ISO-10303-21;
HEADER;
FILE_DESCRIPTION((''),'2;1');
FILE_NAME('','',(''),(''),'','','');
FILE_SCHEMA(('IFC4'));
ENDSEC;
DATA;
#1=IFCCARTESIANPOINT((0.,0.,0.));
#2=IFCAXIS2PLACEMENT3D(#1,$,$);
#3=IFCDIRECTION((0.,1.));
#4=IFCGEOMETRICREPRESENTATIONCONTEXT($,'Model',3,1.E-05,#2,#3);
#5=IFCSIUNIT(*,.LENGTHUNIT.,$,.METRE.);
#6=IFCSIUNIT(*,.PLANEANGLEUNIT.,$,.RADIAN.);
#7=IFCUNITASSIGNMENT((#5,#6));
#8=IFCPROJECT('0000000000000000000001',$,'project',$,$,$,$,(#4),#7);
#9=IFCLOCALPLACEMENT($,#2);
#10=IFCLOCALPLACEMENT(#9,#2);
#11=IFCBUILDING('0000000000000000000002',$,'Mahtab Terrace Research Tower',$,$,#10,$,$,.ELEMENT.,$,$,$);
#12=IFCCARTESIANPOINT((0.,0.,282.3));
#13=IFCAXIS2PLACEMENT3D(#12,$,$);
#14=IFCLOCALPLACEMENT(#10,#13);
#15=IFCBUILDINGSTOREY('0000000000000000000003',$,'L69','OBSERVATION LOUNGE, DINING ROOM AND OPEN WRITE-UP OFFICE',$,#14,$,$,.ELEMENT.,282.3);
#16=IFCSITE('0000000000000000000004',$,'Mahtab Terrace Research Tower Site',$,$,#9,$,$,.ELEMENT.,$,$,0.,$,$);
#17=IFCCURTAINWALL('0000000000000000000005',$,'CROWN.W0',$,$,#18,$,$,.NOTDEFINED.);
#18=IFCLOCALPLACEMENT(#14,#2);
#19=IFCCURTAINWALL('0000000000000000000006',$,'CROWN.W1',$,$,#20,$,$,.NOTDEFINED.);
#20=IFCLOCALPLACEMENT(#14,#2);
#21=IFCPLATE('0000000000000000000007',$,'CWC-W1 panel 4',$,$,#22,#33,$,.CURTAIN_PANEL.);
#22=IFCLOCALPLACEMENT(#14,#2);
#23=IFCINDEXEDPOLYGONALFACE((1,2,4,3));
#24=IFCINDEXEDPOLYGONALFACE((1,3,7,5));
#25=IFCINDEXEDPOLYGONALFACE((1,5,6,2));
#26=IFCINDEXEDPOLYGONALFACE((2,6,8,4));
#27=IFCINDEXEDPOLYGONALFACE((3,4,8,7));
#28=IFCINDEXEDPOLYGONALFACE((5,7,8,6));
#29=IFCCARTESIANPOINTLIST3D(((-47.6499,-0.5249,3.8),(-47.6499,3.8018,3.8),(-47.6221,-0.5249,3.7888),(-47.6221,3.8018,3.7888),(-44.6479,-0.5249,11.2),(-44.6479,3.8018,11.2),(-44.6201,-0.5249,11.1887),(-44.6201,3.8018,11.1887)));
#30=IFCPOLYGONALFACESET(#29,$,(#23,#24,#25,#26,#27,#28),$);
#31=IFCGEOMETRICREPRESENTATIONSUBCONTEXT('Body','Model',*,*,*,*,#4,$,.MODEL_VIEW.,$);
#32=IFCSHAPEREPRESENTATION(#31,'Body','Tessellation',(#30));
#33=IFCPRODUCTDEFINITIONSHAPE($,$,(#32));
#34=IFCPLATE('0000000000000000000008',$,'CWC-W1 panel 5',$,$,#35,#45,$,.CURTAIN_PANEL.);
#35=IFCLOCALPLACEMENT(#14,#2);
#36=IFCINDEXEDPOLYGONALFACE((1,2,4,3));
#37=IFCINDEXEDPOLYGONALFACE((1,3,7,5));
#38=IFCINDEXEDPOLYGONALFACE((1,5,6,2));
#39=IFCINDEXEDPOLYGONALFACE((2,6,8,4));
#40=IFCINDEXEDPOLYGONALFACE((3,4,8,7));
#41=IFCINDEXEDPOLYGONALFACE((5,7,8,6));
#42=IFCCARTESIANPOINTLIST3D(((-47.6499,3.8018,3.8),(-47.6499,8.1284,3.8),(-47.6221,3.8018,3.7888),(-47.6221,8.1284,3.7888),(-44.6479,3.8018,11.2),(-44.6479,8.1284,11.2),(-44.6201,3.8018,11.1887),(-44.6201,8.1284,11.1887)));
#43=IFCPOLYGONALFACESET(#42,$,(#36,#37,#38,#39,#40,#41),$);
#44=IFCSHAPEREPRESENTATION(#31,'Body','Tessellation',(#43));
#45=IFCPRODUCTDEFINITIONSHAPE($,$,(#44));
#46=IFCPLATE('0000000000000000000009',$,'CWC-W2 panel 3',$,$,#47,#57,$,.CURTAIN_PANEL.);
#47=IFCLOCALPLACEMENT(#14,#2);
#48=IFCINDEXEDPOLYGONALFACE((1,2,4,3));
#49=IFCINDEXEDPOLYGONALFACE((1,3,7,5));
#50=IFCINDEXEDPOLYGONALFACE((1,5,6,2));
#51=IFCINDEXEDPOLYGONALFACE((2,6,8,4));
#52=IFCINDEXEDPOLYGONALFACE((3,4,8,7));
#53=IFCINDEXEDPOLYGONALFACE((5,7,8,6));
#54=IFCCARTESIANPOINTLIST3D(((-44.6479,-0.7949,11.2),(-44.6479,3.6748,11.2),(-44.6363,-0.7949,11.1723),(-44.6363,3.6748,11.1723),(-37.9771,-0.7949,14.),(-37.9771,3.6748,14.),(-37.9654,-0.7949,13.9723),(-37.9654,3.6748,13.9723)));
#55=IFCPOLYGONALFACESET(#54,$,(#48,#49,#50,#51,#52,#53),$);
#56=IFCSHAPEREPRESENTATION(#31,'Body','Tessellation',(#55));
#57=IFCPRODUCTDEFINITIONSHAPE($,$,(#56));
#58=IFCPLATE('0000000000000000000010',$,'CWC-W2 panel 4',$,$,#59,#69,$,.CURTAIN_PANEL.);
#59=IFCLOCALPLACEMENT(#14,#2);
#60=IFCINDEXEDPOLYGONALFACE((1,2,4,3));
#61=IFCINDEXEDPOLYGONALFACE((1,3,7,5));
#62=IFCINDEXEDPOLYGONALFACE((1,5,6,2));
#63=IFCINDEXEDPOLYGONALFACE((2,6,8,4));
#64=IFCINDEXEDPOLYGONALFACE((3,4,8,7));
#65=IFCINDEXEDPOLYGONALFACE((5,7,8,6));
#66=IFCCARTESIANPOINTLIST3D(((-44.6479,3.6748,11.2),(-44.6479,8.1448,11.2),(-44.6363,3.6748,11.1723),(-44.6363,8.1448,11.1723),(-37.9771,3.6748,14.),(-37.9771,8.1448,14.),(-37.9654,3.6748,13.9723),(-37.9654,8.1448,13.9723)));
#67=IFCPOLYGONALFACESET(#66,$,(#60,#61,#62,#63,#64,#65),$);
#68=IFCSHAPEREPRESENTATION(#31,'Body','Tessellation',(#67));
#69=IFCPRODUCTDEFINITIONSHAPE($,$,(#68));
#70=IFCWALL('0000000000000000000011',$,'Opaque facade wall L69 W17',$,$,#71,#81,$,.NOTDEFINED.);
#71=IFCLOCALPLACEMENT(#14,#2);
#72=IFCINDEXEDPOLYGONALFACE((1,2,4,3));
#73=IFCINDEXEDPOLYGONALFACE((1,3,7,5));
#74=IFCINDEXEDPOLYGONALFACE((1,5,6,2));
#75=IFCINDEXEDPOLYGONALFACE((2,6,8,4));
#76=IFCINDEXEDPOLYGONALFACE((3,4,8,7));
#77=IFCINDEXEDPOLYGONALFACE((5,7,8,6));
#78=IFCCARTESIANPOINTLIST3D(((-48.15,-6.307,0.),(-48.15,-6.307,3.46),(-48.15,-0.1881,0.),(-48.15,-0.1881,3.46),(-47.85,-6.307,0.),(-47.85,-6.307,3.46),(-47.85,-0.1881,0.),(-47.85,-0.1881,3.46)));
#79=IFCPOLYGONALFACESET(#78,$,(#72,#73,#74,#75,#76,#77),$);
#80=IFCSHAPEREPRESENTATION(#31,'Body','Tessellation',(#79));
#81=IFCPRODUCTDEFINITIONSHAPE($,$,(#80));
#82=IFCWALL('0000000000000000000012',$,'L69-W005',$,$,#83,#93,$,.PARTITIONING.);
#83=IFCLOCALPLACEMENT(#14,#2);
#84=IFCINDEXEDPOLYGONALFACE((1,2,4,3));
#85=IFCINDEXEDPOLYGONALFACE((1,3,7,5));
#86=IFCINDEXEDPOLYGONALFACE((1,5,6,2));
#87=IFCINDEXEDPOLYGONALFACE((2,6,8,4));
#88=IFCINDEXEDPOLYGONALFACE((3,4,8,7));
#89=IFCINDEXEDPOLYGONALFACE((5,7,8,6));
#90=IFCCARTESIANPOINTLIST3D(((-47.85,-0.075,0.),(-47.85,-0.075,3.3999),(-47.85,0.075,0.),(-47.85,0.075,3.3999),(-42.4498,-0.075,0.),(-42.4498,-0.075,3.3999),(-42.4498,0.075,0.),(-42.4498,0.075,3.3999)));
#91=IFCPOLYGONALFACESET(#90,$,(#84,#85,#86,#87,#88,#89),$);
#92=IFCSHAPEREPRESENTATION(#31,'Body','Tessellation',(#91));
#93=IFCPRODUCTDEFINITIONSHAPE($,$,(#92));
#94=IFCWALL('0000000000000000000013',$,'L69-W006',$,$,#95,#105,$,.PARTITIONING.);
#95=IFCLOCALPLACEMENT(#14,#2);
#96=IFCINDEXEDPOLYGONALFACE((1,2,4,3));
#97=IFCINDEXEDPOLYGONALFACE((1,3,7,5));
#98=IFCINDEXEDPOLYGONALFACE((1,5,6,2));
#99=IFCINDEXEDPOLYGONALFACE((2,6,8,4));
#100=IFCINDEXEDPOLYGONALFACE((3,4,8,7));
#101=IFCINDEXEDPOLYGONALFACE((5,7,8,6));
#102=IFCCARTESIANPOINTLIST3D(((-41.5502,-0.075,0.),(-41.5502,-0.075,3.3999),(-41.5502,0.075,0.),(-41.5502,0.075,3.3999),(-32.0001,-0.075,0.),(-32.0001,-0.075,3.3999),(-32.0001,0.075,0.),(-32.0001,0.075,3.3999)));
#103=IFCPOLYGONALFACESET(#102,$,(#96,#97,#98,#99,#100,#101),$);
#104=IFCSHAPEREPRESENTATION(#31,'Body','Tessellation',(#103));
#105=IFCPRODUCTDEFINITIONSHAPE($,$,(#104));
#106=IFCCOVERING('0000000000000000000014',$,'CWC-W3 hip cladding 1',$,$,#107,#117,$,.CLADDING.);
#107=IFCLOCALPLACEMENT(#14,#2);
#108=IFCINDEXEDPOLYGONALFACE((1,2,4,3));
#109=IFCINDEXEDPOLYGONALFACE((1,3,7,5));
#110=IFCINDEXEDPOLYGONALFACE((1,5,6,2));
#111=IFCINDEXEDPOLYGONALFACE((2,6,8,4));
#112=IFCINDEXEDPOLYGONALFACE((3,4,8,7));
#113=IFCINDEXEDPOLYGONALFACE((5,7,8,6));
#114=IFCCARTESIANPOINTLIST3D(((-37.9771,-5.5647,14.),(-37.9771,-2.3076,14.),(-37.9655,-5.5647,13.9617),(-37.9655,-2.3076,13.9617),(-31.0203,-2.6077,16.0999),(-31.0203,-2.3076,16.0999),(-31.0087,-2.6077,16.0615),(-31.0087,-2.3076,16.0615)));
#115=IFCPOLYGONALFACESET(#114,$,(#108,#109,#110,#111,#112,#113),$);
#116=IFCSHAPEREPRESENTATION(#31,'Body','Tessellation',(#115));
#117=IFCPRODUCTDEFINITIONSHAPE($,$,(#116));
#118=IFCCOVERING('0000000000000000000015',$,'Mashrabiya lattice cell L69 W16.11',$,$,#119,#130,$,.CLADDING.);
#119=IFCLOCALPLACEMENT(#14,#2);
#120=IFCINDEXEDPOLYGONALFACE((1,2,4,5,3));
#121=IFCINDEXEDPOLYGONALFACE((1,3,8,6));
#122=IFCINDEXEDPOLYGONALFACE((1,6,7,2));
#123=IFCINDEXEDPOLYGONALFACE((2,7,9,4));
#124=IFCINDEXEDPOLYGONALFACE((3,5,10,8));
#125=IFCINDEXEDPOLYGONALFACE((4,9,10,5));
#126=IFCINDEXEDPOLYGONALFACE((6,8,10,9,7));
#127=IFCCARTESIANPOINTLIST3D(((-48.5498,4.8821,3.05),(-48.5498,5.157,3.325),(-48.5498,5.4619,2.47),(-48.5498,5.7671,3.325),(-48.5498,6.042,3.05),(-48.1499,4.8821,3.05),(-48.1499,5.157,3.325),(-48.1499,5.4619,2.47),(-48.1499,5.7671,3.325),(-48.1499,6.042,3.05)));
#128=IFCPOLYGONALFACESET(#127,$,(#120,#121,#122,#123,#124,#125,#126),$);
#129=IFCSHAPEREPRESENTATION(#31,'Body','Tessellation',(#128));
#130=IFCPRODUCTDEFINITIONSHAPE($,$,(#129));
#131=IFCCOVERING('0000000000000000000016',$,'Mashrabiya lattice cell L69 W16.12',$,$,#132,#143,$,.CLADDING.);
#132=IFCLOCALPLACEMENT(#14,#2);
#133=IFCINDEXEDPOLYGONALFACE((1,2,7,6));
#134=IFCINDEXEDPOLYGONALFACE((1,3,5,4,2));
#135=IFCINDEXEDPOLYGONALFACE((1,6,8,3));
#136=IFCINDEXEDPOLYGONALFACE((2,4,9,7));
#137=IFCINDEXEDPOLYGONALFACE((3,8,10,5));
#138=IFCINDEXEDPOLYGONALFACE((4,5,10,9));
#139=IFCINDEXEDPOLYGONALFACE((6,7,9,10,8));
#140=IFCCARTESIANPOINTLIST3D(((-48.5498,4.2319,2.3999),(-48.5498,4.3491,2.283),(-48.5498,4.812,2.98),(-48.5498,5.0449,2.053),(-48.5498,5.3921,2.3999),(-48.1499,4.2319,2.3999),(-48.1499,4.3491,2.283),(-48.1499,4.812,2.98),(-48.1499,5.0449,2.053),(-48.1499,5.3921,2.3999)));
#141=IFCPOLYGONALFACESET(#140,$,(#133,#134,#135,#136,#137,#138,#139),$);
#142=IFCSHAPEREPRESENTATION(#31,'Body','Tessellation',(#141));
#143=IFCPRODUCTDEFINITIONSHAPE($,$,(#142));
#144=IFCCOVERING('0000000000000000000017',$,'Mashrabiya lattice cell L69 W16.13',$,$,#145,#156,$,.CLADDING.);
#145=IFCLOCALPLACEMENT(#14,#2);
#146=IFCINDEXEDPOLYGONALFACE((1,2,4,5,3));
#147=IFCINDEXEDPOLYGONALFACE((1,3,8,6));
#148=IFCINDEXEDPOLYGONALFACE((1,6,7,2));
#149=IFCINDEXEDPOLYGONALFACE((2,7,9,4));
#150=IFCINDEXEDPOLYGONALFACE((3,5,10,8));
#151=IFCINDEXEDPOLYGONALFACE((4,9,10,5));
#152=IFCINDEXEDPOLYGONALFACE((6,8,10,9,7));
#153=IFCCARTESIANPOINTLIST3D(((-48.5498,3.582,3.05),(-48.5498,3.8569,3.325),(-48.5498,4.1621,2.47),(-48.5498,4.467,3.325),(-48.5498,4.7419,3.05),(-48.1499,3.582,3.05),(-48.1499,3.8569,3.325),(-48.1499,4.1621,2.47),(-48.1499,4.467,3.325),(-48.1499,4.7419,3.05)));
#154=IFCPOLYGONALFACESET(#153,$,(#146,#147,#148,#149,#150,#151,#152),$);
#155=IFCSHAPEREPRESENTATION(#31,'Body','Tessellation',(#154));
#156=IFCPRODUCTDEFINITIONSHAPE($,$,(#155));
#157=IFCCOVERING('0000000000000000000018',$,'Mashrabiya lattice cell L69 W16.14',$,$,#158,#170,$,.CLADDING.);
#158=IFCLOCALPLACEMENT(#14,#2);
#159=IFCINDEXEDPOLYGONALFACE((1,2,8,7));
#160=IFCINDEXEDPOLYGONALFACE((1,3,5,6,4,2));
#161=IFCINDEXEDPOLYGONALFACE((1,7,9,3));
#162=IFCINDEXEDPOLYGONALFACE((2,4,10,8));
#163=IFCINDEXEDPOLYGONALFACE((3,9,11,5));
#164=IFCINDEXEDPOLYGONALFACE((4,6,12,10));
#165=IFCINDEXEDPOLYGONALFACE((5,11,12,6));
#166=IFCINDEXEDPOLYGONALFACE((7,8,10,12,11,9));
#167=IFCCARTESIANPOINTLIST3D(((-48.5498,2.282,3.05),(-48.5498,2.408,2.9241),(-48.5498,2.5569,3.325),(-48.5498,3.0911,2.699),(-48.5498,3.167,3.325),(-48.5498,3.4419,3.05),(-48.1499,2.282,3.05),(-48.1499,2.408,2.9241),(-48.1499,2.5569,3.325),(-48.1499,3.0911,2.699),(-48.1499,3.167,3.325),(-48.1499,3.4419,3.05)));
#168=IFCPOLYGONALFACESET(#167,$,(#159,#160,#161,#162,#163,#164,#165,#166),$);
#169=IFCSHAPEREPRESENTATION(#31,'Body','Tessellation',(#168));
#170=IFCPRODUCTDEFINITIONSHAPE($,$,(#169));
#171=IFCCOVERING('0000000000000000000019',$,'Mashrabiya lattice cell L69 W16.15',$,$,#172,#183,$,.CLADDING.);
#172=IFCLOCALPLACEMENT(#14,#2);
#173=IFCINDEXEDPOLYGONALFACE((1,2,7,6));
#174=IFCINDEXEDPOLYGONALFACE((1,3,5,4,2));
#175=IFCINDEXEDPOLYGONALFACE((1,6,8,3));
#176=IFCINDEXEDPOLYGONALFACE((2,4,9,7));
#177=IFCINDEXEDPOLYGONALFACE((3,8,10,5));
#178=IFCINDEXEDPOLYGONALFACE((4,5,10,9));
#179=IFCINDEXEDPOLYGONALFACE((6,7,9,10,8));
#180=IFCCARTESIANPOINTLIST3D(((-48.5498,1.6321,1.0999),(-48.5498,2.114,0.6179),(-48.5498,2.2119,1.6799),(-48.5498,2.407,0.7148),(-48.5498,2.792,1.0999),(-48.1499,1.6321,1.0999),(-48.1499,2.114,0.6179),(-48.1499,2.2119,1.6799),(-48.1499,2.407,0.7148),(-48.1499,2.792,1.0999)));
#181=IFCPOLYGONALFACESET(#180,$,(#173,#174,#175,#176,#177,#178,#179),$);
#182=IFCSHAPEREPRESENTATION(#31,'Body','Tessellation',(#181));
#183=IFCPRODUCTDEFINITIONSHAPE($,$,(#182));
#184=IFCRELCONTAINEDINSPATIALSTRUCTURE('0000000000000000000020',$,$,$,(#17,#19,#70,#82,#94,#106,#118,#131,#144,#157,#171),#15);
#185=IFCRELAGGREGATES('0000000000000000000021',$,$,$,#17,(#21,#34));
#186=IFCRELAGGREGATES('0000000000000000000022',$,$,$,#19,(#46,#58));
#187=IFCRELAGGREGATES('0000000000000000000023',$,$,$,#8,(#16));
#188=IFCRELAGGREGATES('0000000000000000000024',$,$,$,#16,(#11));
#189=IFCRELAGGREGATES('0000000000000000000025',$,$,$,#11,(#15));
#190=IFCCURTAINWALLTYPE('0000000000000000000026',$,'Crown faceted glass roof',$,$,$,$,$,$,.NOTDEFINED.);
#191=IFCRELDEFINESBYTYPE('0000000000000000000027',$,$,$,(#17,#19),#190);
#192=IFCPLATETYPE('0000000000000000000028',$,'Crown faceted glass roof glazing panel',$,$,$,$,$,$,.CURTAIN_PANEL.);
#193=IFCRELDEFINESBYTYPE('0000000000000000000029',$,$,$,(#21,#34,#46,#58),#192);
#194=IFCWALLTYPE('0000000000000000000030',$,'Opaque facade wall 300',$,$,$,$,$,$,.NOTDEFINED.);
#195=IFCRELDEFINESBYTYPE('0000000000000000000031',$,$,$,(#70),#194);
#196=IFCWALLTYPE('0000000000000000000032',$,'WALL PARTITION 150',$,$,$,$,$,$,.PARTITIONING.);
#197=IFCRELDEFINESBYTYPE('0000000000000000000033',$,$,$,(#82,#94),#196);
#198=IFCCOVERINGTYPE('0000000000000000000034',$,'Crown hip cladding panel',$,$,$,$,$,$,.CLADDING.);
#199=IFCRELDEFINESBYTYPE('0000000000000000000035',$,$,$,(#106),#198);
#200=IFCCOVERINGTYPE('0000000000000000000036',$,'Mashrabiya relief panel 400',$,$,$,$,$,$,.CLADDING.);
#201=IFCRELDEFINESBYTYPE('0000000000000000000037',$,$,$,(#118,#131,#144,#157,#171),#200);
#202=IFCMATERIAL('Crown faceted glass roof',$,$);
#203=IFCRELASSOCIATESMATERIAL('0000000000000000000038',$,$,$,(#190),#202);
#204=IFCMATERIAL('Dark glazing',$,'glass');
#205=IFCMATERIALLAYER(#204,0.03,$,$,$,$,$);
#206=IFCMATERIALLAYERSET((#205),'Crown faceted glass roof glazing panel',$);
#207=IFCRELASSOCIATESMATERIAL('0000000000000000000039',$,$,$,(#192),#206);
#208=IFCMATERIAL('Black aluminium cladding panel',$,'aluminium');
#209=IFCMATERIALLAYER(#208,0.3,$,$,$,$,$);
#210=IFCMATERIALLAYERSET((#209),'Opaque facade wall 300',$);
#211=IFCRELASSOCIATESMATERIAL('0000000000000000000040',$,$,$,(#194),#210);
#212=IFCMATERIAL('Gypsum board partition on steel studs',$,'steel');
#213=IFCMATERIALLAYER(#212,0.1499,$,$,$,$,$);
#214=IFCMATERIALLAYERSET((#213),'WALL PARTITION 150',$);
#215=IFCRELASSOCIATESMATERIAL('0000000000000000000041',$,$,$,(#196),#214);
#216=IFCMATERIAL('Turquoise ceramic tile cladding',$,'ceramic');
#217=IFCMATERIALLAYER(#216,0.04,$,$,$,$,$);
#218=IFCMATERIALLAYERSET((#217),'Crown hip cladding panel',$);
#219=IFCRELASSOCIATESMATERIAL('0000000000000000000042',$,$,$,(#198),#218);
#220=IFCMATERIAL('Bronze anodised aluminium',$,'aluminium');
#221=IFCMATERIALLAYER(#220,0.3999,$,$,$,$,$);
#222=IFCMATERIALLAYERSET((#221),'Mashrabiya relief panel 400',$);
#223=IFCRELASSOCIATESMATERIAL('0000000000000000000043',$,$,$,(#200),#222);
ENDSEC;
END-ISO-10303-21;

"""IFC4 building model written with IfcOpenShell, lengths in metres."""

from ifc_helpers import new_model, si_unit, direction, frame, frame_2d, origin, place, context, subcontext, project, spatial, polyline, rectangle, outline, extrude, material, layer, layer_set, type_object, element, aggregate, save


model = new_model("IFC4")

# Units and contexts
model_context = context("Model", 3, precision=1e-05, world=origin(), true_north=direction((0.0, 1.0)))
body_context = subcontext(model_context, "Body", "Model", "MODEL_VIEW")
ifc_project = project(units=[si_unit("LENGTHUNIT", "METRE"), si_unit("PLANEANGLEUNIT", "RADIAN")], contexts=[model_context])

# Site, building, storey
site_placement = place(None, origin())
site = spatial("IfcSite", under=ifc_project, at=site_placement, Name="Mahtab Terrace Research Tower Site", CompositionType="ELEMENT", RefElevation=0.0)
building_placement = place(site_placement, origin())
building = spatial("IfcBuilding", under=site, at=building_placement, Name="Mahtab Terrace Research Tower", CompositionType="ELEMENT")
storey_placement = place(building_placement, frame((0.0, 0.0, 282.3)))
storey = spatial("IfcBuildingStorey", under=building, at=storey_placement, Name="L69", Description="OBSERVATION LOUNGE, DINING ROOM AND OPEN WRITE-UP OFFICE", CompositionType="ELEMENT", Elevation=282.3)

# Curtain walls
ifc_material_1 = material(Name="Crown faceted glass roof")
curtain_wall_type = type_object("IfcCurtainWallType", Name="Crown faceted glass roof", PredefinedType="NOTDEFINED", material=ifc_material_1)
curtain_wall_1_placement = place(storey_placement, origin())
curtain_wall_1 = element("IfcCurtainWall", 1, at=curtain_wall_1_placement, inside=storey, type_object=curtain_wall_type, Name="CROWN.W0", PredefinedType="NOTDEFINED")
curtain_wall_2_placement = place(storey_placement, origin())
curtain_wall_2 = element("IfcCurtainWall", 2, at=curtain_wall_2_placement, inside=storey, type_object=curtain_wall_type, Name="CROWN.W1", PredefinedType="NOTDEFINED")

# Plates
ifc_material_2 = material(Name="Dark glazing", Category="glass")
ifc_layer_1 = layer(ifc_material_2, 0.03)
ifc_layer_set_1 = layer_set([ifc_layer_1], Name="Crown faceted glass roof glazing panel")
plate_type = type_object("IfcPlateType", Name="Crown faceted glass roof glazing panel", PredefinedType="CURTAIN_PANEL", material=ifc_layer_set_1)
plate_1_placement = place(storey_placement, frame((-44.6479, -0.5249, 11.2), z_axis=(-0.926652, 0.0, 0.375919), x_axis=(0.0, 1.0, 0.0)))
plate_1 = element("IfcPlate", 3, at=plate_1_placement, type_object=plate_type, Name="CWC-W1 panel 4", PredefinedType="CURTAIN_PANEL", context=body_context, shape_type="SweptSolid", body=[
    extrude(outline(polyline([(0.0, 0.0), (4.3267, 0.0), (4.3267, 7.9856), (0.0, 7.9856), (0.0, 0.0)])), origin(), (0.0, 0.0, -1.0), 0.03),
])
plate_2_placement = place(storey_placement, frame((-44.6479, 3.8018, 11.2), z_axis=(-0.926652, 0.0, 0.375919), x_axis=(0.0, 1.0, 0.0)))
plate_2 = element("IfcPlate", 4, at=plate_2_placement, type_object=plate_type, Name="CWC-W1 panel 5", PredefinedType="CURTAIN_PANEL", context=body_context, shape_type="SweptSolid", body=[
    extrude(outline(polyline([(0.0, 0.0), (4.3267, 0.0), (4.3267, 7.9856), (0.0, 7.9856), (0.0, 0.0)])), origin(), (0.0, 0.0, -1.0), 0.03),
])
aggregate(curtain_wall_1, [plate_1, plate_2])
plate_3_placement = place(storey_placement, frame((-37.9771, -0.7949, 14.0), z_axis=(-0.387029, 0.0, 0.922067), x_axis=(0.0, 1.0, 0.0)))
plate_3 = element("IfcPlate", 5, at=plate_3_placement, type_object=plate_type, Name="CWC-W2 panel 3", PredefinedType="CURTAIN_PANEL", context=body_context, shape_type="SweptSolid", body=[
    extrude(outline(polyline([(0.0, 0.0), (4.4697, 0.0), (4.4697, 7.2347), (0.0, 7.2347), (0.0, 0.0)])), origin(), (0.0, 0.0, -1.0), 0.03),
])
plate_4_placement = place(storey_placement, frame((-37.9771, 3.6748, 14.0), z_axis=(-0.387029, 0.0, 0.922067), x_axis=(0.0, 1.0, 0.0)))
plate_4 = element("IfcPlate", 6, at=plate_4_placement, type_object=plate_type, Name="CWC-W2 panel 4", PredefinedType="CURTAIN_PANEL", context=body_context, shape_type="SweptSolid", body=[
    extrude(outline(polyline([(0.0, 0.0), (4.47, 0.0), (4.47, 7.2347), (0.0, 7.2347), (0.0, 0.0)])), origin(), (0.0, 0.0, -1.0), 0.03),
])
aggregate(curtain_wall_2, [plate_3, plate_4])

# Walls
ifc_material_3 = material(Name="Black aluminium cladding panel", Category="aluminium")
ifc_layer_2 = layer(ifc_material_3, 0.3)
ifc_layer_set_2 = layer_set([ifc_layer_2], Name="Opaque facade wall 300")
wall_type_1 = type_object("IfcWallType", Name="Opaque facade wall 300", PredefinedType="NOTDEFINED", material=ifc_layer_set_2)
wall_1_placement = place(storey_placement, frame((-48.0, -0.188, 0.0), z_axis=(0.0, 0.0, 1.0), x_axis=(0.0, -1.0, 0.0)))
element("IfcWall", 7, at=wall_1_placement, inside=storey, type_object=wall_type_1, Name="Opaque facade wall L69 W17", PredefinedType="NOTDEFINED", context=body_context, shape_type="SweptSolid", body=[
    extrude(rectangle(XDim=6.1189, YDim=0.3, at=frame_2d((3.0596, 0.0))), origin(), (0.0, 0.0, 1.0), 3.46),
])
ifc_material_4 = material(Name="Gypsum board partition on steel studs", Category="steel")
ifc_layer_3 = layer(ifc_material_4, 0.1499)
ifc_layer_set_3 = layer_set([ifc_layer_3], Name="WALL PARTITION 150")
wall_type_2 = type_object("IfcWallType", Name="WALL PARTITION 150", PredefinedType="PARTITIONING", material=ifc_layer_set_3)
wall_2_placement = place(storey_placement, frame((-47.8501, 0.0, 0.0), z_axis=(0.0, 0.0, 1.0), x_axis=(1.0, 0.0, 0.0)))
element("IfcWall", 8, at=wall_2_placement, inside=storey, type_object=wall_type_2, Name="L69-W005", PredefinedType="PARTITIONING", context=body_context, shape_type="SweptSolid", body=[
    extrude(rectangle(XDim=5.4001, YDim=0.1499, at=frame_2d((2.7002, 0.0))), origin(), (0.0, 0.0, 1.0), 3.3999),
])
wall_3_placement = place(storey_placement, frame((-41.55, 0.0, 0.0), z_axis=(0.0, 0.0, 1.0), x_axis=(1.0, 0.0, 0.0)))
element("IfcWall", 9, at=wall_3_placement, inside=storey, type_object=wall_type_2, Name="L69-W006", PredefinedType="PARTITIONING", context=body_context, shape_type="SweptSolid", body=[
    extrude(rectangle(XDim=9.55, YDim=0.1499, at=frame_2d((4.7749, 0.0))), origin(), (0.0, 0.0, 1.0), 3.3999),
])

# Coverings
ifc_material_5 = material(Name="Turquoise ceramic tile cladding", Category="ceramic")
ifc_layer_4 = layer(ifc_material_5, 0.04)
ifc_layer_set_4 = layer_set([ifc_layer_4], Name="Crown hip cladding panel")
covering_type_1 = type_object("IfcCoveringType", Name="Crown hip cladding panel", PredefinedType="CLADDING", material=ifc_layer_set_4)
covering_1_placement = place(storey_placement, frame((-37.9771, -2.3076, 14.0), z_axis=(-0.288966, 0.0, 0.957339), x_axis=(0.957339, 0.0, 0.288966)))
element("IfcCovering", 10, at=covering_1_placement, inside=storey, type_object=covering_type_1, Name="CWC-W3 hip cladding 1", PredefinedType="CLADDING", context=body_context, shape_type="SweptSolid", body=[
    extrude(outline(polyline([(0.0, 0.0), (7.2668, 0.0), (7.2668, -0.3), (0.0, -3.2571), (0.0, 0.0)])), origin(), (0.0, 0.0, -1.0), 0.04),
])
ifc_material_6 = material(Name="Bronze anodised aluminium", Category="aluminium")
ifc_layer_5 = layer(ifc_material_6, 0.3999)
ifc_layer_set_5 = layer_set([ifc_layer_5], Name="Mashrabiya relief panel 400")
covering_type_2 = type_object("IfcCoveringType", Name="Mashrabiya relief panel 400", PredefinedType="CLADDING", material=ifc_layer_set_5)
covering_2_placement = place(storey_placement, frame((-48.1499, 4.8821, 3.05), z_axis=(1.0, 0.0, 0.0), x_axis=(0.0, 0.706958, -0.707256)))
element("IfcCovering", 11, at=covering_2_placement, inside=storey, type_object=covering_type_2, Name="Mashrabiya lattice cell L69 W16.11", PredefinedType="CLADDING", context=body_context, shape_type="SweptSolid", body=[
    extrude(outline(polyline([(0.0, 0.0), (0.8202, 0.0), (0.82, 0.8204), (0.4312, 0.8203), (-0.0001, 0.3888), (0.0, 0.0)])), origin(), (0.0, 0.0, -1.0), 0.3999),
])
covering_3_placement = place(storey_placement, frame((-48.1499, 5.3921, 2.3999), z_axis=(1.0, 0.0, 0.0), x_axis=(0.0, -0.707107, 0.707107)))
element("IfcCovering", 12, at=covering_3_placement, inside=storey, type_object=covering_type_2, Name="Mashrabiya lattice cell L69 W16.12", PredefinedType="CLADDING", context=body_context, shape_type="SweptSolid", body=[
    extrude(outline(polyline([(0.0, 0.0), (0.8204, 0.0), (0.8204, 0.8204), (0.6548, 0.8202), (0.0002, 0.4908), (0.0, 0.0)])), origin(), (0.0, 0.0, -1.0), 0.3999),
])
covering_4_placement = place(storey_placement, frame((-48.1499, 3.582, 3.05), z_axis=(1.0, 0.0, 0.0), x_axis=(0.0, 0.707107, -0.707107)))
element("IfcCovering", 13, at=covering_4_placement, inside=storey, type_object=covering_type_2, Name="Mashrabiya lattice cell L69 W16.13", PredefinedType="CLADDING", context=body_context, shape_type="SweptSolid", body=[
    extrude(outline(polyline([(0.0, 0.0), (0.8204, 0.0), (0.8202, 0.8202), (0.4314, 0.8202), (0.0, 0.3888), (0.0, 0.0)])), origin(), (0.0, 0.0, -1.0), 0.3999),
])
covering_5_placement = place(storey_placement, frame((-48.1499, 3.4419, 3.05), z_axis=(1.0, 0.0, 0.0), x_axis=(0.0, -0.707107, 0.707107)))
element("IfcCovering", 14, at=covering_5_placement, inside=storey, type_object=covering_type_2, Name="Mashrabiya lattice cell L69 W16.14", PredefinedType="CLADDING", context=body_context, shape_type="SweptSolid", body=[
    extrude(outline(polyline([(0.0, 0.0), (0.3888, 0.0), (0.8202, 0.4314), (0.8202, 0.8202), (0.642, 0.8202), (-0.0002, 0.4963), (0.0, 0.0)])), origin(), (0.0, 0.0, -1.0), 0.3999),
])
covering_6_placement = place(storey_placement, frame((-48.1499, 2.792, 1.0999), z_axis=(1.0, 0.0, 0.0), x_axis=(0.0, -0.707107, 0.707107)))
element("IfcCovering", 15, at=covering_6_placement, inside=storey, type_object=covering_type_2, Name="Mashrabiya lattice cell L69 W16.15", PredefinedType="CLADDING", context=body_context, shape_type="SweptSolid", body=[
    extrude(outline(polyline([(0.0, 0.0), (0.8204, 0.0), (0.8202, 0.8202), (0.1386, 0.8202), (0.0, 0.5445), (0.0, 0.0)])), origin(), (0.0, 0.0, -1.0), 0.3999),
])

save(model, "model.ifc")
